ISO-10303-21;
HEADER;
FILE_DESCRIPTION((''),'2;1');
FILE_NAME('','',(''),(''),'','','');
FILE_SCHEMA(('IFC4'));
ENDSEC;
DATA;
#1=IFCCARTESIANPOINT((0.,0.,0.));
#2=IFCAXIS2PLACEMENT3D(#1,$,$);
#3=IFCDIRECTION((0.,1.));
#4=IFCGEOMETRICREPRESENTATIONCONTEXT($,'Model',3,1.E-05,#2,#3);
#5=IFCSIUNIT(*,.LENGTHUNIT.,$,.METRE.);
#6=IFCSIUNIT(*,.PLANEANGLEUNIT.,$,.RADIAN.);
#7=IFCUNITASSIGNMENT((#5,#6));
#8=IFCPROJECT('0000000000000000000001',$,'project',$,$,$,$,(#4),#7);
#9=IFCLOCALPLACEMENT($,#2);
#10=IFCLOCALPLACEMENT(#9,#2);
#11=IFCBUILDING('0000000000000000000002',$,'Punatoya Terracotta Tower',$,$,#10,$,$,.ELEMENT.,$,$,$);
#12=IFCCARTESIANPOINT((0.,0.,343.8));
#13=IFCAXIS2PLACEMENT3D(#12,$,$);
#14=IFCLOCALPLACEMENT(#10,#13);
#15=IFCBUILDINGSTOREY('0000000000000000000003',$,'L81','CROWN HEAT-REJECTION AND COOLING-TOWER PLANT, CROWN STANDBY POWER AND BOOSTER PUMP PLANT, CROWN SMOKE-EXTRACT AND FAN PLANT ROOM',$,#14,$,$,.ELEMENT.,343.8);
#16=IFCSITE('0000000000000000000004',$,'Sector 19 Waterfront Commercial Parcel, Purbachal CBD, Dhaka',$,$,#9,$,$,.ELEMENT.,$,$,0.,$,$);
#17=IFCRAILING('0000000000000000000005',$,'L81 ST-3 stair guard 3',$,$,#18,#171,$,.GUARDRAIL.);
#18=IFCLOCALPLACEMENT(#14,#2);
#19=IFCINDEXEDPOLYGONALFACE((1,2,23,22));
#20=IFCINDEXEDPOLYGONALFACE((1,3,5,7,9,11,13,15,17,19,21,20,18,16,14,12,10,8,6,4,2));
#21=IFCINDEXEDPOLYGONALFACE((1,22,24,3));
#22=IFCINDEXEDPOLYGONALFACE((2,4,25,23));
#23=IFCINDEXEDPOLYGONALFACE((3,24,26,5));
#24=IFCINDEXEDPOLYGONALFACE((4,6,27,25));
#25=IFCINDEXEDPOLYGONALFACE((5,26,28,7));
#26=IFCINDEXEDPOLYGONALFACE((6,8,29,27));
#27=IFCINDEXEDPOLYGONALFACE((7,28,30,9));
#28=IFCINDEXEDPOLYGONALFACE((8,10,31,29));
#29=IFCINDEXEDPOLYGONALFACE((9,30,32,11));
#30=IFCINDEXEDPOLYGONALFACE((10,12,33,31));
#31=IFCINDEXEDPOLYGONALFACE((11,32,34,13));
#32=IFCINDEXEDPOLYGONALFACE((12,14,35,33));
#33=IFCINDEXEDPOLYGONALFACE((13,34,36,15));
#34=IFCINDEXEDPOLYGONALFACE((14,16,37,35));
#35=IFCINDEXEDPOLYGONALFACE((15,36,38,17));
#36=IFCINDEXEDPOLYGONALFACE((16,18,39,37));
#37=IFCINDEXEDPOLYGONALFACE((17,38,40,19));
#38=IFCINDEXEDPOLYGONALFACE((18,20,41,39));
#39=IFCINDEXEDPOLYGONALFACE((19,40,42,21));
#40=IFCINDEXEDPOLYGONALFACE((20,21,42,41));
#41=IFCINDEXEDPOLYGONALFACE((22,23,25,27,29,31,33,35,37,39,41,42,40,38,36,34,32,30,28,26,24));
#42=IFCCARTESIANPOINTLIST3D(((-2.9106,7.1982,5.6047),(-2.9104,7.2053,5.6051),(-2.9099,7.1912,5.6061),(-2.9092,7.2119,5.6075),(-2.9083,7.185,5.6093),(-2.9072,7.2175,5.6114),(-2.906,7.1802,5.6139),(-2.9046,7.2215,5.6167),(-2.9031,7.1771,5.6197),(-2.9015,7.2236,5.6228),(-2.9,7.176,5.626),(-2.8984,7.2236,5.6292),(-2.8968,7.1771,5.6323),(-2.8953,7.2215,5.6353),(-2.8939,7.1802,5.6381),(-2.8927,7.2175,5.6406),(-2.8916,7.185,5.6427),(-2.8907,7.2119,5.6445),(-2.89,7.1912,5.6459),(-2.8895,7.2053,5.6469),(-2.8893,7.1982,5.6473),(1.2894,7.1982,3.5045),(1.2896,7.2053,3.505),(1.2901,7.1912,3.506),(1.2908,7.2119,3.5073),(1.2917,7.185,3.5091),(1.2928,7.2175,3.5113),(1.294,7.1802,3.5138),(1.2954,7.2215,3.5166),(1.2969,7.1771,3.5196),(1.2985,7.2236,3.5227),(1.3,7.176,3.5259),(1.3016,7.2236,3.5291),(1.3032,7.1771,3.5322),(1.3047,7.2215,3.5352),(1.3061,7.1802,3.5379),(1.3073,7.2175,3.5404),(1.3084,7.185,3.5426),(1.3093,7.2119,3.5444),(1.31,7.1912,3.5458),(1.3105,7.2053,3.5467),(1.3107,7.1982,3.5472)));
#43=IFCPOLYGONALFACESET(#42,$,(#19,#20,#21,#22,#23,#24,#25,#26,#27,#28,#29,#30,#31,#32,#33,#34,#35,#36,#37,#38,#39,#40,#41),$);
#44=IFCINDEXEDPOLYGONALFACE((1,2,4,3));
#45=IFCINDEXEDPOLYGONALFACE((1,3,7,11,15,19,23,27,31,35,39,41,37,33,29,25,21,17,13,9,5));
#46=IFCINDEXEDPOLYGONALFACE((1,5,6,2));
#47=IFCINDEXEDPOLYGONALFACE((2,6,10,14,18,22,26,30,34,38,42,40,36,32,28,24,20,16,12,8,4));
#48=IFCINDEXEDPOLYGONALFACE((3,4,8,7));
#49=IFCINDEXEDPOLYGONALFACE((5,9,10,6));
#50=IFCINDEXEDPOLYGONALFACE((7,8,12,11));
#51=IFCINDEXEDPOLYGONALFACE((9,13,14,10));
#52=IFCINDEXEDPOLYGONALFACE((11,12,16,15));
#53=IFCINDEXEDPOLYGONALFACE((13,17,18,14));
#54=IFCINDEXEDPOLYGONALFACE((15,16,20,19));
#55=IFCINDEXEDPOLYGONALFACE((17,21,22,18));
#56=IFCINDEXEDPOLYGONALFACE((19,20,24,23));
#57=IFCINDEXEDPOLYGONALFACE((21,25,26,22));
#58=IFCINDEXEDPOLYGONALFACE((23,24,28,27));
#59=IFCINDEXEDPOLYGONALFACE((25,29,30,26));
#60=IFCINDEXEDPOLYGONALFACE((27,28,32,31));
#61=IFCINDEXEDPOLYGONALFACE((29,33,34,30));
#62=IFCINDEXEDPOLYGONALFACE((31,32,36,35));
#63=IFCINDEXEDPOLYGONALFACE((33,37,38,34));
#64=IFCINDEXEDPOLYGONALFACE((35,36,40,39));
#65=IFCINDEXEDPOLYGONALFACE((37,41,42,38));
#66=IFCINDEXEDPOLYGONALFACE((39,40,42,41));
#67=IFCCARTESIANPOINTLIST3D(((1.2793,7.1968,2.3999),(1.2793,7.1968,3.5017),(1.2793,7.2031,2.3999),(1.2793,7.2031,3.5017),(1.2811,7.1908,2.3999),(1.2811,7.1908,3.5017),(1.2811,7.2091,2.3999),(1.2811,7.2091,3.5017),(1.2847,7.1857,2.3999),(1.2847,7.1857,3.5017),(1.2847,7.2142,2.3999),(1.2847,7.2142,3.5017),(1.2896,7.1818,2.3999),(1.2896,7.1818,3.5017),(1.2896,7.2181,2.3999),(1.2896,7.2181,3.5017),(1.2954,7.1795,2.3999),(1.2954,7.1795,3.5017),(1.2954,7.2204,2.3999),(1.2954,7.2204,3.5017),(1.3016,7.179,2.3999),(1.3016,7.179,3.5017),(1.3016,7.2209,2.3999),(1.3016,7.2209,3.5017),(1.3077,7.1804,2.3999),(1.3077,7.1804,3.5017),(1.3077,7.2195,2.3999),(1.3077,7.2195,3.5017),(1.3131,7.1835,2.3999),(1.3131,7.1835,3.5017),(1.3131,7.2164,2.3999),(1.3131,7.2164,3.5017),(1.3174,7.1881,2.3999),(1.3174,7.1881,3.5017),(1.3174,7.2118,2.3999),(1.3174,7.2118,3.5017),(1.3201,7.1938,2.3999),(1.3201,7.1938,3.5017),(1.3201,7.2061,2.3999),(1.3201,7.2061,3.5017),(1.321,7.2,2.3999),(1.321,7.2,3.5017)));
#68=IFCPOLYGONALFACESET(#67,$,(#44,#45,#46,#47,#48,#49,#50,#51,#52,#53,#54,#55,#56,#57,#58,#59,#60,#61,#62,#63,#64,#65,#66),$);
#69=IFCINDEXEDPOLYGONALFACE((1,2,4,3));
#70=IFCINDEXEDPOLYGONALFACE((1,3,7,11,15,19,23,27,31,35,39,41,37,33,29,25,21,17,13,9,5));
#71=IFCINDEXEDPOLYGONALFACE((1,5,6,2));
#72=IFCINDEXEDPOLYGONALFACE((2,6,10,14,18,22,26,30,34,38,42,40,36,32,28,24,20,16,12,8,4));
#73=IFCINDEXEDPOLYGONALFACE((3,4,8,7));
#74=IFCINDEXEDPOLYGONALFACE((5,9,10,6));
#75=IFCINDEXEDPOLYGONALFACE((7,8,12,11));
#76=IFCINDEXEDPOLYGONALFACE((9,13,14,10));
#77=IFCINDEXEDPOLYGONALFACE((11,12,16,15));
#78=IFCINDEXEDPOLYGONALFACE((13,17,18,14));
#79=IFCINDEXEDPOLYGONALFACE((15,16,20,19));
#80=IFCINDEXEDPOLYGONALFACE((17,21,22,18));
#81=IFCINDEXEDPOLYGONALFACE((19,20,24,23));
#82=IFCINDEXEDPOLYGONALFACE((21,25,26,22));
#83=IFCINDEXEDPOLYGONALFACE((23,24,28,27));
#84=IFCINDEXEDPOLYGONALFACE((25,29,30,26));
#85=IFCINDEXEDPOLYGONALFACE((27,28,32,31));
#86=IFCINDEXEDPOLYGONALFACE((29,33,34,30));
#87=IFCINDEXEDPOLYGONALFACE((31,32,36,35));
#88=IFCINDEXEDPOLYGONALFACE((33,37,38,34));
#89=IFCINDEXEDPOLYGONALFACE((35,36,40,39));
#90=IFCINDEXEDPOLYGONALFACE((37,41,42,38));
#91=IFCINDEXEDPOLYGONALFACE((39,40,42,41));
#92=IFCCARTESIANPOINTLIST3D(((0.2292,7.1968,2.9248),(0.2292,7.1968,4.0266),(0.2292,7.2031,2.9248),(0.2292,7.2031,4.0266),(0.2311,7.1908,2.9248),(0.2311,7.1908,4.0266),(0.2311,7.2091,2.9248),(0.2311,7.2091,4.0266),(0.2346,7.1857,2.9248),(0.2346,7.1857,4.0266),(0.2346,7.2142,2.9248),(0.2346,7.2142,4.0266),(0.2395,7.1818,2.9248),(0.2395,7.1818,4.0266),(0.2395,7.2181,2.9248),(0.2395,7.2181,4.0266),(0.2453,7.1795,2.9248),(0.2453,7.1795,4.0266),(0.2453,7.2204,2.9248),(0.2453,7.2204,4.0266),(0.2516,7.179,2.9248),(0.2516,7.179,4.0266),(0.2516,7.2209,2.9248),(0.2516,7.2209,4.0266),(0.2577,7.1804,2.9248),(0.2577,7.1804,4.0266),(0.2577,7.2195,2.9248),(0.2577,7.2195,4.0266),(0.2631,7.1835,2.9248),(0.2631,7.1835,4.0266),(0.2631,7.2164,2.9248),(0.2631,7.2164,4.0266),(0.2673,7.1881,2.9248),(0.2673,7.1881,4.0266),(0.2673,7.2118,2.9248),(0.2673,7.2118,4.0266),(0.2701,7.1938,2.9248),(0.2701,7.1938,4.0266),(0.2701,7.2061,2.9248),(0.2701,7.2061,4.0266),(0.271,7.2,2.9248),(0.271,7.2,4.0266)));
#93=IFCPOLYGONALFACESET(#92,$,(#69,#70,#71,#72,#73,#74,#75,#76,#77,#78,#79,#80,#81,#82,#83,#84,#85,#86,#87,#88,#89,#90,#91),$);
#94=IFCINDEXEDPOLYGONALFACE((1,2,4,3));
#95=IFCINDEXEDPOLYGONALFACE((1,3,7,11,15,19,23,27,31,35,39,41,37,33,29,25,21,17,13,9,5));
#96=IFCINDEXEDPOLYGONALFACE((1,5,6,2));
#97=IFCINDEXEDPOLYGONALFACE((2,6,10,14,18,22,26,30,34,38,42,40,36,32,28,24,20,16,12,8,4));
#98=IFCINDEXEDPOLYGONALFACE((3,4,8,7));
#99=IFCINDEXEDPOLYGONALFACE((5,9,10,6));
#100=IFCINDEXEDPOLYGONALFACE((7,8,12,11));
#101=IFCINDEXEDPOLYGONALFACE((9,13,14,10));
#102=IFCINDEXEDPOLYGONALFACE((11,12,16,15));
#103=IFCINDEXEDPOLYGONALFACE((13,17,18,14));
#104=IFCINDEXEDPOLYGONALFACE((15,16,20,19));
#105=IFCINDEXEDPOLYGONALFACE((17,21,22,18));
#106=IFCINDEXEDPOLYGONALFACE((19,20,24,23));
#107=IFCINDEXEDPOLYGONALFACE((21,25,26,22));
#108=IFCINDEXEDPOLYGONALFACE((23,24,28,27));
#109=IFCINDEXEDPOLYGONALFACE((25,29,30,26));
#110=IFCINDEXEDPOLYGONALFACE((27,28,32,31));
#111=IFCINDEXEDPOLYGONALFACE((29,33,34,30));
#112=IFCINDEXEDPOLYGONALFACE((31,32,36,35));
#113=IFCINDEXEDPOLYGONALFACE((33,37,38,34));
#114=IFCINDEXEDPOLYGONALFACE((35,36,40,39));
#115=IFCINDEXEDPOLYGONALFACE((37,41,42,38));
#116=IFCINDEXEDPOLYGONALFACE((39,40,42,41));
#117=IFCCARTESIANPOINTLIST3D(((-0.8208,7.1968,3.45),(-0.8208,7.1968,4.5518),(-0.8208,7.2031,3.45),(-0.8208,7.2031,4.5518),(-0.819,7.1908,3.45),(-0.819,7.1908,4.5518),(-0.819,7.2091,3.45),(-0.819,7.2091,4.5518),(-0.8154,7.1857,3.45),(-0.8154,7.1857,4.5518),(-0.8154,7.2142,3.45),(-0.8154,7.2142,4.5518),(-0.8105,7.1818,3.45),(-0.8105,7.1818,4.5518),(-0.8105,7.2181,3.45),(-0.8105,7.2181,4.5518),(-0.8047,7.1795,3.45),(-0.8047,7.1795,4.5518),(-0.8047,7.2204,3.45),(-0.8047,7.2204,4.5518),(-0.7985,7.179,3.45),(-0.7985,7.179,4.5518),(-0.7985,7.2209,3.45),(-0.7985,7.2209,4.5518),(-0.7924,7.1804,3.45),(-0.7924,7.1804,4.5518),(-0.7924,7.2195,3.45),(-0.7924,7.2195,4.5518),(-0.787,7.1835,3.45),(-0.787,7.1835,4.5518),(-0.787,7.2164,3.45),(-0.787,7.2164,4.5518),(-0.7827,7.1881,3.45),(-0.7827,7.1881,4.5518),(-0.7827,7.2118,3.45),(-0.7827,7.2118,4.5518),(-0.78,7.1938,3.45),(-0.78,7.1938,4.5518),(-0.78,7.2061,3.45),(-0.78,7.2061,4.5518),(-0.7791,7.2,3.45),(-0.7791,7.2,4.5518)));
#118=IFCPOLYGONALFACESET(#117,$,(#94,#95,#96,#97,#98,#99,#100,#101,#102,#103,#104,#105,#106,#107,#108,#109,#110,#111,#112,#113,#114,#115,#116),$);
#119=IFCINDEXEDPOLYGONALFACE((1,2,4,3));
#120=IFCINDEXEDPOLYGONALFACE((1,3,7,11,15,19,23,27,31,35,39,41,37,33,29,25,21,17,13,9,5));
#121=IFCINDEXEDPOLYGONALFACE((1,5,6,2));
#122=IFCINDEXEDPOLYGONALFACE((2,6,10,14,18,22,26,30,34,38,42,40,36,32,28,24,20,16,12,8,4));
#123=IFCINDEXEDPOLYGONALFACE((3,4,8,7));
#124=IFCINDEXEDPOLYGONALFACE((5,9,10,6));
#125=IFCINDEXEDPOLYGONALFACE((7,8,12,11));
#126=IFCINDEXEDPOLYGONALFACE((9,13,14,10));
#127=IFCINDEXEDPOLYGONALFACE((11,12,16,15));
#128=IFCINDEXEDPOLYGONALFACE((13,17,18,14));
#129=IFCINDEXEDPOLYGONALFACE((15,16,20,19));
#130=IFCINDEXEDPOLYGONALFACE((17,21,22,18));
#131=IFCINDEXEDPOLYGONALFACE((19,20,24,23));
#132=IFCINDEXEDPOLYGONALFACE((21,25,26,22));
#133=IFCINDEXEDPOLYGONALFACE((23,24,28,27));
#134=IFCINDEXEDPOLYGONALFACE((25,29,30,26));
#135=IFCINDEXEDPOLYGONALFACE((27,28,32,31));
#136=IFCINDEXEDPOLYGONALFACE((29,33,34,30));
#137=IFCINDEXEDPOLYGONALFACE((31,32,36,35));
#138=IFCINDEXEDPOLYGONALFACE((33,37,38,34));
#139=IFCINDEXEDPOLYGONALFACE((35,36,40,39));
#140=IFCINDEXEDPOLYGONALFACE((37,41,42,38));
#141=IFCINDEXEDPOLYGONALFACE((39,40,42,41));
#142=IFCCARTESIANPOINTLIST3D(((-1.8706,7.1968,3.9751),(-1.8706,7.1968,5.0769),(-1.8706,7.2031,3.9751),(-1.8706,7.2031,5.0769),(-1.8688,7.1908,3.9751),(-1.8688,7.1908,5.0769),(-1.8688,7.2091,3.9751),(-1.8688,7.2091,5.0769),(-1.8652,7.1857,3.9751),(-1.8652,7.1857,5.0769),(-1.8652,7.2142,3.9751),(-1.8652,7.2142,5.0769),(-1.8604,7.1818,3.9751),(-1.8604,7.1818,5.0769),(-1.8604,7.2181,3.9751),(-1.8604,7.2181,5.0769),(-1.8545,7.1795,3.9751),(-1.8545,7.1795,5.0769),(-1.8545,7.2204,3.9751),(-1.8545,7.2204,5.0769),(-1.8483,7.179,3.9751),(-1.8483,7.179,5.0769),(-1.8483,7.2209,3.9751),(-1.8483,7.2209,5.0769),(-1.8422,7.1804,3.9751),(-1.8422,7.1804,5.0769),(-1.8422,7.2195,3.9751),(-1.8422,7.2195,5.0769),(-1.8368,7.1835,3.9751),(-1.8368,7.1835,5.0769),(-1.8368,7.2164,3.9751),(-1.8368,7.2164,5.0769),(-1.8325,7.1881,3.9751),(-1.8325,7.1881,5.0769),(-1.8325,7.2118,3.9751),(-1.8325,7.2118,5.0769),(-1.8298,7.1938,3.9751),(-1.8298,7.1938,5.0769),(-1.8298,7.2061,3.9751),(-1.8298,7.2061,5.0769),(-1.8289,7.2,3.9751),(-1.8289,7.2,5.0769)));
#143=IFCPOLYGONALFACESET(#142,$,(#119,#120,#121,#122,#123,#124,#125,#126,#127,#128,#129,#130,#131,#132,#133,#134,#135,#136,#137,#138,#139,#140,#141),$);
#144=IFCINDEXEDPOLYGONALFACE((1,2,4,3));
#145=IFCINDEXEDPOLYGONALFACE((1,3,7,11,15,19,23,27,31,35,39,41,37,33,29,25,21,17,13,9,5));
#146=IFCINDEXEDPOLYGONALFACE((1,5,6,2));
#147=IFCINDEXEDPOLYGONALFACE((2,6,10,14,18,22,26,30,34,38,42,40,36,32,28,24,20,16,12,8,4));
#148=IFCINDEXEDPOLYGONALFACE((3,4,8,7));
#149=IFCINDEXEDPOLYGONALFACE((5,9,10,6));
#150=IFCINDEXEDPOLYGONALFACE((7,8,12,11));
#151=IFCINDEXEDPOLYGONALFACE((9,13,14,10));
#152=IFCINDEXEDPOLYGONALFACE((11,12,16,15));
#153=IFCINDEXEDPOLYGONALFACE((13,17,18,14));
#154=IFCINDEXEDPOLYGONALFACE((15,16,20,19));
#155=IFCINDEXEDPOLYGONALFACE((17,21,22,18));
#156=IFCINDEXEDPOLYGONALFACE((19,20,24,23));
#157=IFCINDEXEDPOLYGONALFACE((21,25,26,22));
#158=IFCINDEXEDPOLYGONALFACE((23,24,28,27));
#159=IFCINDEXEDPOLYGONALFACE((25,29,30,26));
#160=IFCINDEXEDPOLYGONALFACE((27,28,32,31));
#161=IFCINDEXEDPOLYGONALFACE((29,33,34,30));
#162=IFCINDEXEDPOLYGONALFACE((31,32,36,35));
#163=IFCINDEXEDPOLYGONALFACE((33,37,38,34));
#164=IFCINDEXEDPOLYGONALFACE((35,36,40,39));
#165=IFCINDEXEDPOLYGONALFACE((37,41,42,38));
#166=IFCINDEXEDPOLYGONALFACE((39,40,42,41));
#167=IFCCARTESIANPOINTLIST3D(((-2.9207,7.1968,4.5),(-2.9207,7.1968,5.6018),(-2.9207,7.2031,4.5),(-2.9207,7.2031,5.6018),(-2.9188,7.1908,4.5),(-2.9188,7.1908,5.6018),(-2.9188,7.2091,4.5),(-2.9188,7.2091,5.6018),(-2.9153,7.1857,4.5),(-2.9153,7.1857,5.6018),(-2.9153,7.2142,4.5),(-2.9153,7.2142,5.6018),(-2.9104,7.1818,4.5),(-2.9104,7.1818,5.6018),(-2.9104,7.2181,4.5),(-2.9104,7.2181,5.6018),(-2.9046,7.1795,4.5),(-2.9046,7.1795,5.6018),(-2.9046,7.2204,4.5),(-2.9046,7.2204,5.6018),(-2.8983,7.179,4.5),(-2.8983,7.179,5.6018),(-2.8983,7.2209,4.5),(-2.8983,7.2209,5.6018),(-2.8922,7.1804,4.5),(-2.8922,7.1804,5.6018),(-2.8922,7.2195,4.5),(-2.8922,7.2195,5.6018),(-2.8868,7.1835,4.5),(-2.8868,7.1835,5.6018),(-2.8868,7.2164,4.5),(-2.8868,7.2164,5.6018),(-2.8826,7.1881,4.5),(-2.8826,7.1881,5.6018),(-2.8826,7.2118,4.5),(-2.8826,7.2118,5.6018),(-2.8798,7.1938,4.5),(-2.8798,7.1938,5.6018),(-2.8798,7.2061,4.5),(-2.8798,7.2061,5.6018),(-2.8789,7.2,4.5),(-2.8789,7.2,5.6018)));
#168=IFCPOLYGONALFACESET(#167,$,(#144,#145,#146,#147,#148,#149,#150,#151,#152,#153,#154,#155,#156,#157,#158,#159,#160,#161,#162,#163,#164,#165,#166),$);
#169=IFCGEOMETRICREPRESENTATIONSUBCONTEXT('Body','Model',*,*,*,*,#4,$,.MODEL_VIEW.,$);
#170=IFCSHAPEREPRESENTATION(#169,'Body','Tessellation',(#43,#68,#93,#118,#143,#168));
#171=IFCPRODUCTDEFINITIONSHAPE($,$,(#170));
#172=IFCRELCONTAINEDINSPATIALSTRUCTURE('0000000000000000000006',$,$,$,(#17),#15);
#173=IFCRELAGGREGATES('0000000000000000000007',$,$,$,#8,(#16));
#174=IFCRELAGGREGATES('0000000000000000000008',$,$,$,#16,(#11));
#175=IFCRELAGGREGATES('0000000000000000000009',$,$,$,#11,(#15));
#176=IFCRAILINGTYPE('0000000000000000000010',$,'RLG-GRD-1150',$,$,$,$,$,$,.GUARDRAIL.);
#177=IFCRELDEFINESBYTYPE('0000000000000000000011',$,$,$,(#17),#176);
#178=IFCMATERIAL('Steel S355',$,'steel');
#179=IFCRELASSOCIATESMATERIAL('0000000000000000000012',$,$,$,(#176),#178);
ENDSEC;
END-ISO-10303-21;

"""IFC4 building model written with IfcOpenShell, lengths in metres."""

from ifc_helpers import new_model, si_unit, direction, frame, origin, origin_2d, place, context, subcontext, project, spatial, circle, extrude, material, type_object, element, save


model = new_model("IFC4")

# Units and contexts
model_context = context("Model", 3, precision=1e-05, world=origin(), true_north=direction((0.0, 1.0)))
body_context = subcontext(model_context, "Body", "Model", "MODEL_VIEW")
ifc_project = project(units=[si_unit("LENGTHUNIT", "METRE"), si_unit("PLANEANGLEUNIT", "RADIAN")], contexts=[model_context])

# Site, building, storey
site_placement = place(None, origin())
site = spatial("IfcSite", under=ifc_project, at=site_placement, Name="Sector 19 Waterfront Commercial Parcel, Purbachal CBD, Dhaka", CompositionType="ELEMENT", RefElevation=0.0)
building_placement = place(site_placement, origin())
building = spatial("IfcBuilding", under=site, at=building_placement, Name="Punatoya Terracotta Tower", CompositionType="ELEMENT")
storey_placement = place(building_placement, frame((0.0, 0.0, 343.8)))
storey = spatial("IfcBuildingStorey", under=building, at=storey_placement, Name="L81", Description="CROWN HEAT-REJECTION AND COOLING-TOWER PLANT, CROWN STANDBY POWER AND BOOSTER PUMP PLANT, CROWN SMOKE-EXTRACT AND FAN PLANT ROOM", CompositionType="ELEMENT", Elevation=343.8)

# Railing
ifc_material_1 = material(Name="Steel S355", Category="steel")
railing_type_1 = type_object("IfcRailingType", Name="RLG-GRD-1150", PredefinedType="GUARDRAIL", material=ifc_material_1)
railing_1_placement = place(storey_placement, frame((1.3, 7.2, 2.3999)))
element("IfcRailing", 1, at=railing_1_placement, inside=storey, type_object=railing_type_1, Name="L81 ST-3 stair guard 3", PredefinedType="GUARDRAIL", context=body_context, shape_type="SweptSolid", body=[
    extrude(circle(Radius=0.0239, at=origin_2d()), frame((0.0, 0.0, 1.126), z_axis=(-0.894417, 0.0, 0.447234), x_axis=(0.0, -1.0, 0.0)), (0.0, 0.0, 1.0), 4.6958),
    extrude(circle(Radius=0.021, at=origin_2d()), origin(), (0.0, 0.0, 1.0), 1.1018),
    extrude(circle(Radius=0.021, at=origin_2d()), frame((-1.05, 0.0, 0.5249)), (0.0, 0.0, 1.0), 1.1018),
    extrude(circle(Radius=0.021, at=origin_2d()), frame((-2.1001, 0.0, 1.05)), (0.0, 0.0, 1.0), 1.1018),
    extrude(circle(Radius=0.021, at=origin_2d()), frame((-3.1499, 0.0, 1.5752)), (0.0, 0.0, 1.0), 1.1018),
    extrude(circle(Radius=0.021, at=origin_2d()), frame((-4.2, 0.0, 2.1001)), (0.0, 0.0, 1.0), 1.1018),
])

save(model, "model.ifc")
